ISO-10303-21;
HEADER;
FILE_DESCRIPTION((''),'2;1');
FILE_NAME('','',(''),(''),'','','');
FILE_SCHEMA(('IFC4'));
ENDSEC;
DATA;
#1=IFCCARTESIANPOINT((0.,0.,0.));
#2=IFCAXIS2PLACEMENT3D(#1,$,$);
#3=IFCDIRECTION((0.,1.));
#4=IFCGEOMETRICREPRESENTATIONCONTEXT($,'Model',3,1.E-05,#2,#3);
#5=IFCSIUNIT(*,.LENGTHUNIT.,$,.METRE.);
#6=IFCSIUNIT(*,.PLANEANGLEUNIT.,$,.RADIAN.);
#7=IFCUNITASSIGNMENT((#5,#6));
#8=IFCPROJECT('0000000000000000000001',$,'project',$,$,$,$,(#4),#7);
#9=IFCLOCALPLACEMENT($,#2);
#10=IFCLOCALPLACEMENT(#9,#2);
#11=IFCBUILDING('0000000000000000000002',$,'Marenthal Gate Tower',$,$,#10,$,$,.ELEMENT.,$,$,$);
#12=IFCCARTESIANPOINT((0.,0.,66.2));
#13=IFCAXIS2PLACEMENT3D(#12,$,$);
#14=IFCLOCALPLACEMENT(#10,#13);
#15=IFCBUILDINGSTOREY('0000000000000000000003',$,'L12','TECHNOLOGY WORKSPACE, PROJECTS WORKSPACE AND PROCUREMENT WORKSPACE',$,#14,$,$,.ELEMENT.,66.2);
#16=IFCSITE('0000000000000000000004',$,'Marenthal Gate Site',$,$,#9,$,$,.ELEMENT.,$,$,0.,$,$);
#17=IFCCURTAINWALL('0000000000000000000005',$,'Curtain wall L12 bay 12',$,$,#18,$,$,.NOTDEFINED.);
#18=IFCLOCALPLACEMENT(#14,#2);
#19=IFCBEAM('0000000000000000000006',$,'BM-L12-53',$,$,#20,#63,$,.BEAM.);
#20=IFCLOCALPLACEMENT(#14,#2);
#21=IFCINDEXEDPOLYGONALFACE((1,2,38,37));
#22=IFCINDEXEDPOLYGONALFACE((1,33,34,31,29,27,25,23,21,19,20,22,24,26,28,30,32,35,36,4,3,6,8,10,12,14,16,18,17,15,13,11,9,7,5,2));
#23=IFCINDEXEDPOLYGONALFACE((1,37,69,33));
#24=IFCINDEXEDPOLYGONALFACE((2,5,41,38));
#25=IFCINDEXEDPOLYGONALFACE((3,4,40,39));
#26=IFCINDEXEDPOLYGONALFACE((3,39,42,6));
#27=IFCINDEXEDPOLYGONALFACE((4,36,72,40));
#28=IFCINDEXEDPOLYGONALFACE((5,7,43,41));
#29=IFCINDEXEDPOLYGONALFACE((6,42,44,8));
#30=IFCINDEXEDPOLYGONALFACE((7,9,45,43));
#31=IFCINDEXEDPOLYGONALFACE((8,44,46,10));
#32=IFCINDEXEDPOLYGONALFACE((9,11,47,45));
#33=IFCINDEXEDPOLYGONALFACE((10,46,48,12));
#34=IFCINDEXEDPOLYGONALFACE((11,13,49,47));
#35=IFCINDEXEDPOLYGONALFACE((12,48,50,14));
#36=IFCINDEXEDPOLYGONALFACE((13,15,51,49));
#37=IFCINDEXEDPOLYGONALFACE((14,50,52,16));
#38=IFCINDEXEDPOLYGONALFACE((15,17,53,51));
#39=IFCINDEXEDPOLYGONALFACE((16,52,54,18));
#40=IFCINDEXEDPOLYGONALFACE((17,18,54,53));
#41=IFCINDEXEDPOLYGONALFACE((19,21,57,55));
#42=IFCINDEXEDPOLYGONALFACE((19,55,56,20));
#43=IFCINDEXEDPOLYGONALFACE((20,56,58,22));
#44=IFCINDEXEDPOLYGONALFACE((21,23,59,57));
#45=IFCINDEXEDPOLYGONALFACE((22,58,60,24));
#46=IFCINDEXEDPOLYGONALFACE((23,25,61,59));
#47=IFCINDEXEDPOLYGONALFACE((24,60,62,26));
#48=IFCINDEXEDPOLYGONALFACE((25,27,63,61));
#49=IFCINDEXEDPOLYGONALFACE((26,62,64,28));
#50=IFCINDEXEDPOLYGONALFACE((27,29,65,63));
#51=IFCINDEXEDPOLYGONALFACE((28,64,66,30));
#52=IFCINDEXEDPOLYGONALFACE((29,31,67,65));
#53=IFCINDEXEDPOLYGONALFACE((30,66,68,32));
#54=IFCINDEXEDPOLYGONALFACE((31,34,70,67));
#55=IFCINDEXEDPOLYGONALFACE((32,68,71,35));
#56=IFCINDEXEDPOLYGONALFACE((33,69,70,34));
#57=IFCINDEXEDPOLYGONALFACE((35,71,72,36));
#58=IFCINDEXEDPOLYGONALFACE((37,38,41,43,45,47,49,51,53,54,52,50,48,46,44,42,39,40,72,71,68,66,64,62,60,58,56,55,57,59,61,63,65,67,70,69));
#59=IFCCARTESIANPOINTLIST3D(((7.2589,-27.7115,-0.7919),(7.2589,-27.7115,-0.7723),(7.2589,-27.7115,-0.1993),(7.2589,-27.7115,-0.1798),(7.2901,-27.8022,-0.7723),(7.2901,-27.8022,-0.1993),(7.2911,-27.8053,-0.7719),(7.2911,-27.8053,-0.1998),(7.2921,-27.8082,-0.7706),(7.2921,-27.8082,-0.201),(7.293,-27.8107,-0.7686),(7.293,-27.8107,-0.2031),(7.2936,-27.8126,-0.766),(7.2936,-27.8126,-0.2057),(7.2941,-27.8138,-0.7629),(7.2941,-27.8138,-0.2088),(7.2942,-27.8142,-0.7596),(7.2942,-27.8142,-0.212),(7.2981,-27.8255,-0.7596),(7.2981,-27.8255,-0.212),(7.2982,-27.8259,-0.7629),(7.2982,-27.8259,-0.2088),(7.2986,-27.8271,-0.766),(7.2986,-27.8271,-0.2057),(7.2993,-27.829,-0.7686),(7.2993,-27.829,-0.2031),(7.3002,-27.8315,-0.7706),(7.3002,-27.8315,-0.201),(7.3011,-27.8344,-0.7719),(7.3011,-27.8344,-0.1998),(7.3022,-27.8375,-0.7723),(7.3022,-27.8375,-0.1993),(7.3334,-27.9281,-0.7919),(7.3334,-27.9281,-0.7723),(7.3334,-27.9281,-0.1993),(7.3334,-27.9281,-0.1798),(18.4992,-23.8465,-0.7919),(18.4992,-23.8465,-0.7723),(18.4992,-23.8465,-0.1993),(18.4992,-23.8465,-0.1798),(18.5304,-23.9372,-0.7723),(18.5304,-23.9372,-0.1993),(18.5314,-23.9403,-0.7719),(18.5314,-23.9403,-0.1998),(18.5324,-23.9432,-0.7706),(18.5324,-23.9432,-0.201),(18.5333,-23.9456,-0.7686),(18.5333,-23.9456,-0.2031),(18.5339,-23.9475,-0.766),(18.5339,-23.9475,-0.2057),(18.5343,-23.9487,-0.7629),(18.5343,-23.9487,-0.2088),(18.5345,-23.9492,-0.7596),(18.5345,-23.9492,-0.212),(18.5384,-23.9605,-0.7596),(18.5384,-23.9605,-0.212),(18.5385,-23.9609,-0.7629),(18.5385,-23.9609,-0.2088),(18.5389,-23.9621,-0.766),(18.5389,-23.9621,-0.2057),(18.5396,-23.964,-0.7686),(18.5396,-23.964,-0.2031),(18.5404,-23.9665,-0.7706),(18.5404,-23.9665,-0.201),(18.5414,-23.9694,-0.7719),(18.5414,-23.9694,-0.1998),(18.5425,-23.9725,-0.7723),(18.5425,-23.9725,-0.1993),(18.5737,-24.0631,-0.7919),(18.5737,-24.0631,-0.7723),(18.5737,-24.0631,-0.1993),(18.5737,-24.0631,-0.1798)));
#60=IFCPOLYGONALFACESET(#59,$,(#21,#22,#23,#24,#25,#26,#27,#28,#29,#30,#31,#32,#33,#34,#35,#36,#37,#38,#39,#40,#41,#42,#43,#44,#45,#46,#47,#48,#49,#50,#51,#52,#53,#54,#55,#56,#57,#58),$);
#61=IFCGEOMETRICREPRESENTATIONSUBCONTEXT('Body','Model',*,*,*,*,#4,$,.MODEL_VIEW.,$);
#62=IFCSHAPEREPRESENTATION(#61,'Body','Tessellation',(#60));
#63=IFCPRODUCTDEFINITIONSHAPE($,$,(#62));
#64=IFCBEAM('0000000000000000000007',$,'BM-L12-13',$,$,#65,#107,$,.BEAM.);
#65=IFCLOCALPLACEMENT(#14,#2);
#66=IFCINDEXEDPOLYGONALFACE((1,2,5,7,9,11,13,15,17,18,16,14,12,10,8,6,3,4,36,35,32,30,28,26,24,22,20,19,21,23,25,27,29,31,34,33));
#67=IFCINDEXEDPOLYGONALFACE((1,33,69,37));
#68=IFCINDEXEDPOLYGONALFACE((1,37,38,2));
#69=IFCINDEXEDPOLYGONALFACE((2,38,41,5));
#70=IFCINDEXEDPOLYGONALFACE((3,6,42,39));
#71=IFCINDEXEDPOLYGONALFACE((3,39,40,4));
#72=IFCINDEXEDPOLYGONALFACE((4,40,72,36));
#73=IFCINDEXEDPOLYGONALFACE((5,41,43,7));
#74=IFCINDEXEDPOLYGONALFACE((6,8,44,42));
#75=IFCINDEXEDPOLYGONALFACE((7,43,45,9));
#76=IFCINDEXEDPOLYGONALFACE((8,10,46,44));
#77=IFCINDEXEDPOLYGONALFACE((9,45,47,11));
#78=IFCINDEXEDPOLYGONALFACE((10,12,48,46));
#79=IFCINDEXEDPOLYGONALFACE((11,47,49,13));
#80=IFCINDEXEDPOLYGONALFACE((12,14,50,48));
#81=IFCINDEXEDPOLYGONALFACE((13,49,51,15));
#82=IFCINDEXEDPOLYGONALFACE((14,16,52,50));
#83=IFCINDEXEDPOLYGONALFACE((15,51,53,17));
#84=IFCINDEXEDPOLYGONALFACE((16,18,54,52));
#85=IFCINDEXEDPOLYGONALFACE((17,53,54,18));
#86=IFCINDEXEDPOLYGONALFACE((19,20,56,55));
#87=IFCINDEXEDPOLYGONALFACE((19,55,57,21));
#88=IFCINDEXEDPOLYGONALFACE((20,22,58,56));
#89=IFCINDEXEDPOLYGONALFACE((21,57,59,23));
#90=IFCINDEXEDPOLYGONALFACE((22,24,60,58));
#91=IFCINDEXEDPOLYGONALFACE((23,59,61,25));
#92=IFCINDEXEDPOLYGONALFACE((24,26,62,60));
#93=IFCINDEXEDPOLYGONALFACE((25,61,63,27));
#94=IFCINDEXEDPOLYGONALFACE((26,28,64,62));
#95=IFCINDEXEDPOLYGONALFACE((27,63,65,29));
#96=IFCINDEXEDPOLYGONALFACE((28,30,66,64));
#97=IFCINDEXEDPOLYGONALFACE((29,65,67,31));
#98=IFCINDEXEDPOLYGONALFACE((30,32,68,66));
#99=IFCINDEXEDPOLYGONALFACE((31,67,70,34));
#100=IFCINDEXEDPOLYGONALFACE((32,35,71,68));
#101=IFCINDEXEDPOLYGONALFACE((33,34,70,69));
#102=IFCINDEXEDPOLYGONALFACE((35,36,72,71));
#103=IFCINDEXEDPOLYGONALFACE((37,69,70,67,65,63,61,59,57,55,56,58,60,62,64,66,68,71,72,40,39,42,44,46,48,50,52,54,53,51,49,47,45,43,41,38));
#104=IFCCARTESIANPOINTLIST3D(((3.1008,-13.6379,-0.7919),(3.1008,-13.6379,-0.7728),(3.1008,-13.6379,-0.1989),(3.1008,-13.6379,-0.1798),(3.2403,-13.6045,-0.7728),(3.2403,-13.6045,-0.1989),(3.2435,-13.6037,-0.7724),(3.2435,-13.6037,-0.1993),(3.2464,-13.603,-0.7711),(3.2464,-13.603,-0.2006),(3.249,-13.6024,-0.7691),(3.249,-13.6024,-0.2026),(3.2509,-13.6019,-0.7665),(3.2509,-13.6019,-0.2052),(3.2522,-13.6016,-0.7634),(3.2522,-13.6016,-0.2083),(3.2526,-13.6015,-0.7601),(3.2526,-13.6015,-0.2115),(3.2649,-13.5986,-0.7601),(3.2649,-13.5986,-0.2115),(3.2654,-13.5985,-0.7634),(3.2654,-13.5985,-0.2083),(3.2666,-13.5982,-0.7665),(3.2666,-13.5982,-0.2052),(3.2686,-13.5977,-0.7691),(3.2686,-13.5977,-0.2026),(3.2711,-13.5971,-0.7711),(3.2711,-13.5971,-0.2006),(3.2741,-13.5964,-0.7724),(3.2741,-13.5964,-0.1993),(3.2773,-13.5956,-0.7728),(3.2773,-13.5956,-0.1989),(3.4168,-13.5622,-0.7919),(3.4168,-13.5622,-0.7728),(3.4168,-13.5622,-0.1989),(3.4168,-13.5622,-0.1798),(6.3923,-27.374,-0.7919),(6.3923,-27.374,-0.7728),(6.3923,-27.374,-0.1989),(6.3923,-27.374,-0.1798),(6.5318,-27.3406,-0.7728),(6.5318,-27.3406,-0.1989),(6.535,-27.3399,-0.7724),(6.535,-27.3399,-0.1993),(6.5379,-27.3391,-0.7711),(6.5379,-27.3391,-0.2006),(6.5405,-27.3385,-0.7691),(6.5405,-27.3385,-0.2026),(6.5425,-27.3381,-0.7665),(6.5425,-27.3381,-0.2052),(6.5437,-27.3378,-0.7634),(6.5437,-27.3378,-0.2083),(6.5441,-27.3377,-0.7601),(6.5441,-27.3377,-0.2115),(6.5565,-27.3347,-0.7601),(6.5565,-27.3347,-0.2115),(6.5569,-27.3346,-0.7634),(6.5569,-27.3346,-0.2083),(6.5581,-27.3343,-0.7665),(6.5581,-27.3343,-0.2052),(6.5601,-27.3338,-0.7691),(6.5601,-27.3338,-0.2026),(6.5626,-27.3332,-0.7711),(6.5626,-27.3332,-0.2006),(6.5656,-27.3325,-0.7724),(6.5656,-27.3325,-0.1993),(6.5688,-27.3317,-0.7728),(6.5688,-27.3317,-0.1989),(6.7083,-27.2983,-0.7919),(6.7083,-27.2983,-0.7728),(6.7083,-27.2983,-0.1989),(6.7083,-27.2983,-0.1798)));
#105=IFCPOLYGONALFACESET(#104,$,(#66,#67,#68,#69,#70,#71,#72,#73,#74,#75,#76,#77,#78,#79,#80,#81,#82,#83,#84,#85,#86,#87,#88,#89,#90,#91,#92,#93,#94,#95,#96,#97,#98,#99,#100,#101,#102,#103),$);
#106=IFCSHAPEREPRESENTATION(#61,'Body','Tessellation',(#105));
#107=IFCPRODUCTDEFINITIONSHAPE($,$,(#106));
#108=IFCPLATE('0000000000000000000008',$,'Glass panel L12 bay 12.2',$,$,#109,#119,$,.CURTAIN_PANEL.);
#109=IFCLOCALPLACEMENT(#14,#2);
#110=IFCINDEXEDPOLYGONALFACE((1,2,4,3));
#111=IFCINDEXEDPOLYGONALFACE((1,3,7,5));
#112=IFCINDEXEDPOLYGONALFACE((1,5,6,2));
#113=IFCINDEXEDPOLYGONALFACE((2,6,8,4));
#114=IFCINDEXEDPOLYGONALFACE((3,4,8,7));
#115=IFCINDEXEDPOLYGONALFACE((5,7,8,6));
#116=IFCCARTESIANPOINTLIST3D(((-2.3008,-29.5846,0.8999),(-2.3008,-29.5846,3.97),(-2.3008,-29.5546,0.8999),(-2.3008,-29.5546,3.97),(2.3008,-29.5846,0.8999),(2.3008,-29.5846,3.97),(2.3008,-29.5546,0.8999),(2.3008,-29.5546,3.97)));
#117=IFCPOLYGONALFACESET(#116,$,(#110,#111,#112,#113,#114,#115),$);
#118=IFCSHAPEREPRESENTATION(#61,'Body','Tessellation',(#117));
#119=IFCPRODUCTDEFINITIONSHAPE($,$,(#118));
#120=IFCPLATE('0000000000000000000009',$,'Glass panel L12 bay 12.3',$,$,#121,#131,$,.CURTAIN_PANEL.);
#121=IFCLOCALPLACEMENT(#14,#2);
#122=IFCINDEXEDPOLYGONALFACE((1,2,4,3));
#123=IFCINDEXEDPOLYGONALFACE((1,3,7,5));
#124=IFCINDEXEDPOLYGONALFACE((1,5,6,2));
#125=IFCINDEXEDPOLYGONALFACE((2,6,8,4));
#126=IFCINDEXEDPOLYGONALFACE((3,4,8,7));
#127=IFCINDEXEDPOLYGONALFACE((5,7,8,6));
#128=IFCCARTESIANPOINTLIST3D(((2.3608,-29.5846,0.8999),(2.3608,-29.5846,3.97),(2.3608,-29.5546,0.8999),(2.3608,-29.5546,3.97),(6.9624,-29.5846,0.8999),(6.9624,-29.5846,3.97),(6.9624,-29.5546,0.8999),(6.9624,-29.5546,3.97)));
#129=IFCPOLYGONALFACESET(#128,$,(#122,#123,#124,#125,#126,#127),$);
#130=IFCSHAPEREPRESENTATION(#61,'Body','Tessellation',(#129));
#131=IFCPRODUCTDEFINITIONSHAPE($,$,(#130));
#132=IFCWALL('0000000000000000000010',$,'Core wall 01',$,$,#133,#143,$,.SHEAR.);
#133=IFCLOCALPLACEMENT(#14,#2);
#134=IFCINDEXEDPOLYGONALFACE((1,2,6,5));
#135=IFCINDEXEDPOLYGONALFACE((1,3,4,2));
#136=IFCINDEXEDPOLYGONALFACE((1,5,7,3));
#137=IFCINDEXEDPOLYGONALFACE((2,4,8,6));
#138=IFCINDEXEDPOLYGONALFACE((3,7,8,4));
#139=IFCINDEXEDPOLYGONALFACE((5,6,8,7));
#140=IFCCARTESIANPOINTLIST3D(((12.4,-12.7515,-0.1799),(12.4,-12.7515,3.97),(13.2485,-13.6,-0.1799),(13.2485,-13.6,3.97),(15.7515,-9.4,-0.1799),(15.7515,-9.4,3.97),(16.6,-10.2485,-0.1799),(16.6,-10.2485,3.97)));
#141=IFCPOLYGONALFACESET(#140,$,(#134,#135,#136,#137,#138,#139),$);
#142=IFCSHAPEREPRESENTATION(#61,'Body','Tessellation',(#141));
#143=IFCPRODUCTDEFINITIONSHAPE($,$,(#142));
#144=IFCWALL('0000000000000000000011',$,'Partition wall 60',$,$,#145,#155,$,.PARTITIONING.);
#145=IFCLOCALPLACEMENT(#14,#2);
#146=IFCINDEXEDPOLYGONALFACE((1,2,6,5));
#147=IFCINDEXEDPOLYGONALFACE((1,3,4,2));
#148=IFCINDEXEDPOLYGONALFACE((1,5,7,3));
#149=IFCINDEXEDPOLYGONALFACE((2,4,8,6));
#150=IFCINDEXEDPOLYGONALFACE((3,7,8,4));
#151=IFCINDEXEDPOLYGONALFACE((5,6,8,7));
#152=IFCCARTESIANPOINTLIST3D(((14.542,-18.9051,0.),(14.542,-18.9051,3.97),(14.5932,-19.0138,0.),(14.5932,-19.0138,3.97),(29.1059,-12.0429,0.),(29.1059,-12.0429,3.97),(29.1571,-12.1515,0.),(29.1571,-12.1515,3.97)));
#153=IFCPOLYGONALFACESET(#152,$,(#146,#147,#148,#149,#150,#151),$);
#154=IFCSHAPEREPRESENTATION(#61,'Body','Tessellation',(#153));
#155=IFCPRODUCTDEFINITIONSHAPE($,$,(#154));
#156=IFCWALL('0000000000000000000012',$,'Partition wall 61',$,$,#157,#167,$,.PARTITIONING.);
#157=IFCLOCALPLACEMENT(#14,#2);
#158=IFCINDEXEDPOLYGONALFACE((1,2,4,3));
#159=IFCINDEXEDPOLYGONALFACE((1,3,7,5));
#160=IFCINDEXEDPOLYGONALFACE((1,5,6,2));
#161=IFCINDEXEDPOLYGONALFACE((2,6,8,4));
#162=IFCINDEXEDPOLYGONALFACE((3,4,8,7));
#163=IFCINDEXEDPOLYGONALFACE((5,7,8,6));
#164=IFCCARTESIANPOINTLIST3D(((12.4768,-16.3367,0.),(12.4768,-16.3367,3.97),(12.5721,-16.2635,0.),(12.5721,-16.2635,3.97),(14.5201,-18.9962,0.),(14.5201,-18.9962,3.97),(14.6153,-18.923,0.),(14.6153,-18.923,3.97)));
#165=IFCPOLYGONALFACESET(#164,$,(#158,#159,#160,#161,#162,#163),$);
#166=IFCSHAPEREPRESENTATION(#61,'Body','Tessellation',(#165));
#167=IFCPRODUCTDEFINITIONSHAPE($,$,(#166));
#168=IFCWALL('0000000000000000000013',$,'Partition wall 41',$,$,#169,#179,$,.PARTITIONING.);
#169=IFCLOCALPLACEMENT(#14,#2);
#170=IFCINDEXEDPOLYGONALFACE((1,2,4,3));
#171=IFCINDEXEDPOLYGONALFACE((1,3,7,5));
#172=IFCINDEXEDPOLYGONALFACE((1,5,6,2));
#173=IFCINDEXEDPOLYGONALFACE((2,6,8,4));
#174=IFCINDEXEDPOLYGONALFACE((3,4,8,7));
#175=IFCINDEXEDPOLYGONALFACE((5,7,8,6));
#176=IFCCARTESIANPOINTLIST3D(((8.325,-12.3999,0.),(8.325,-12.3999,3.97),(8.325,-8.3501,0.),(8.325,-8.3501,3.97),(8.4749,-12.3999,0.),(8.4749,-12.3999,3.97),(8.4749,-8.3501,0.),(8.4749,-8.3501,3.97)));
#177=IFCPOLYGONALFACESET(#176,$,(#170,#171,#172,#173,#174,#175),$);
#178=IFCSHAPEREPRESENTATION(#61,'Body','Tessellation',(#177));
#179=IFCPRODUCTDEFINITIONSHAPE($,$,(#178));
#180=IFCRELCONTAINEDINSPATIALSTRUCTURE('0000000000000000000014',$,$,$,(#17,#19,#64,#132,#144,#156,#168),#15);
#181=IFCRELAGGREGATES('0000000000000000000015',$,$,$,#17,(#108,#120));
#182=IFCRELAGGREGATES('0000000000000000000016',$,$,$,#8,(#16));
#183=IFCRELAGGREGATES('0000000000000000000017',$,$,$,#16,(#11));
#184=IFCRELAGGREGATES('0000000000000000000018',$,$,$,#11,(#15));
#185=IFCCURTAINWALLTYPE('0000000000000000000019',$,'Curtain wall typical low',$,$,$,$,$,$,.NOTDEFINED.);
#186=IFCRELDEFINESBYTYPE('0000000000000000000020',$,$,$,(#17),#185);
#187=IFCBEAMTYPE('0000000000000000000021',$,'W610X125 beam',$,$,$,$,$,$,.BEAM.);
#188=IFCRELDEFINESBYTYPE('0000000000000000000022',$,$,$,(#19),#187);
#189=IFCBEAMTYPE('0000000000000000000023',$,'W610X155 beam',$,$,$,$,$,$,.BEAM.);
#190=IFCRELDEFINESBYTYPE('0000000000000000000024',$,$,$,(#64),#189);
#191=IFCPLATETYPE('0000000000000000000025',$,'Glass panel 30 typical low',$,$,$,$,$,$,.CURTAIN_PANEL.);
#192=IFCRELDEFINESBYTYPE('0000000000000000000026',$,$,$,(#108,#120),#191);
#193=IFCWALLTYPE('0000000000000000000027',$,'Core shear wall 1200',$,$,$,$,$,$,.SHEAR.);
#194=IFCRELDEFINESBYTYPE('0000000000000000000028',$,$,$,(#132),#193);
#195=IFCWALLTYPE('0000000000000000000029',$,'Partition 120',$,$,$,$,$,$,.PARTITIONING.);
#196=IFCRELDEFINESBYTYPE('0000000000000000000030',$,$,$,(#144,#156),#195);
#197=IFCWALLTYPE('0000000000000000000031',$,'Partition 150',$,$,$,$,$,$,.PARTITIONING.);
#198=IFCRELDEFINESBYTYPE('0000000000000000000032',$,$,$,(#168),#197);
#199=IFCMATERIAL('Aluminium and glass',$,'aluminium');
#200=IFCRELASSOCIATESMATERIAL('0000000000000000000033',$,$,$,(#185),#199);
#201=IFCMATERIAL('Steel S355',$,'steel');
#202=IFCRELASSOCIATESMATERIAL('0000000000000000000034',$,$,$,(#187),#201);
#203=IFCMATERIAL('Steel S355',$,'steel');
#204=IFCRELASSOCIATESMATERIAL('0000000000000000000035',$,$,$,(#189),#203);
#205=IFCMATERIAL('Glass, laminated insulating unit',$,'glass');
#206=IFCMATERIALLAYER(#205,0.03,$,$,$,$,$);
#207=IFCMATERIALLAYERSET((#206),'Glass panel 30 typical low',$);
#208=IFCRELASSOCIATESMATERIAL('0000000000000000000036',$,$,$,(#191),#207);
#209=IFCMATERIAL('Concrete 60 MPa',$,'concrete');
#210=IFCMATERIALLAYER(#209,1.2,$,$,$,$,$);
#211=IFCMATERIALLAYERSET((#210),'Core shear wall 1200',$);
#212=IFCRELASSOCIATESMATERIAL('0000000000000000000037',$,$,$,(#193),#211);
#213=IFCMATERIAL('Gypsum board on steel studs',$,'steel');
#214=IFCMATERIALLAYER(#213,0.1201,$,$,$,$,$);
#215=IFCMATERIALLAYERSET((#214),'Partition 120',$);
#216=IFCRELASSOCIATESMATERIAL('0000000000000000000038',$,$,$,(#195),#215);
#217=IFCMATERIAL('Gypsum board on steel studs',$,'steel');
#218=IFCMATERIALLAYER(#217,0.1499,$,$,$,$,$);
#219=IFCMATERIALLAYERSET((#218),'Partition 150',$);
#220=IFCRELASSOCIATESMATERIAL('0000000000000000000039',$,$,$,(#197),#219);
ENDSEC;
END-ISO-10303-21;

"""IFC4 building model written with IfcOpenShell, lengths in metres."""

from ifc_helpers import new_model, si_unit, direction, frame, frame_2d, origin, origin_2d, place, context, subcontext, project, spatial, rectangle, i_section, extrude, material, layer, layer_set, material_profile, profile_set, type_object, element, aggregate, save


model = new_model("IFC4")

# Units and contexts
model_context = context("Model", 3, precision=1e-05, world=origin(), true_north=direction((0.0, 1.0)))
body_context = subcontext(model_context, "Body", "Model", "MODEL_VIEW")
ifc_project = project(units=[si_unit("LENGTHUNIT", "METRE"), si_unit("PLANEANGLEUNIT", "RADIAN")], contexts=[model_context])

# Site, building, storey
site_placement = place(None, origin())
site = spatial("IfcSite", under=ifc_project, at=site_placement, Name="Marenthal Gate Site", CompositionType="ELEMENT", RefElevation=0.0)
building_placement = place(site_placement, origin())
building = spatial("IfcBuilding", under=site, at=building_placement, Name="Marenthal Gate Tower", CompositionType="ELEMENT")
storey_placement = place(building_placement, frame((0.0, 0.0, 66.2)))
storey = spatial("IfcBuildingStorey", under=building, at=storey_placement, Name="L12", Description="TECHNOLOGY WORKSPACE, PROJECTS WORKSPACE AND PROCUREMENT WORKSPACE", CompositionType="ELEMENT", Elevation=66.2)

# Curtain wall
ifc_material_1 = material(Name="Aluminium and glass", Category="aluminium")
curtain_wall_type = type_object("IfcCurtainWallType", Name="Curtain wall typical low", PredefinedType="NOTDEFINED", material=ifc_material_1)
curtain_wall_placement = place(storey_placement, origin())
curtain_wall = element("IfcCurtainWall", 1, at=curtain_wall_placement, inside=storey, type_object=curtain_wall_type, Name="Curtain wall L12 bay 12", PredefinedType="NOTDEFINED")

# Beams
ifc_material_2 = material(Name="Steel S355", Category="steel")
ifc_material_profile_1 = material_profile(ifc_material_2, i_section(OverallWidth=0.229, OverallDepth=0.6121, WebThickness=0.012, FlangeThickness=0.0195, FilletRadius=0.0127, at=origin_2d()), Name="W610X125")
ifc_profile_set_1 = profile_set([ifc_material_profile_1], Name="Steel S355")
beam_type_1 = type_object("IfcBeamType", Name="W610X125 beam", PredefinedType="BEAM", material=ifc_profile_set_1)
beam_1_placement = place(storey_placement, frame((7.2961, -27.8198, -0.4858), z_axis=(0.945657, 0.325167, 0.0), x_axis=(-0.325167, 0.945657, 0.0)))
element("IfcBeam", 2, at=beam_1_placement, inside=storey, type_object=beam_type_1, Name="BM-L12-53", PredefinedType="BEAM", context=body_context, shape_type="SweptSolid", body=[
    extrude(i_section(OverallWidth=0.229, OverallDepth=0.6121, WebThickness=0.012, FlangeThickness=0.0195, FilletRadius=0.0127, at=origin_2d()), origin(), (0.0, 0.0, 1.0), 11.8862),
])
ifc_material_3 = material(Name="Steel S355", Category="steel")
ifc_material_profile_2 = material_profile(ifc_material_3, i_section(OverallWidth=0.325, OverallDepth=0.6121, WebThickness=0.0127, FlangeThickness=0.019, FilletRadius=0.0127, at=origin_2d()), Name="W610X155")
ifc_profile_set_2 = profile_set([ifc_material_profile_2], Name="Steel S355")
beam_type_2 = type_object("IfcBeamType", Name="W610X155 beam", PredefinedType="BEAM", material=ifc_profile_set_2)
beam_2_placement = place(storey_placement, frame((6.5503, -27.3362, -0.4858), z_axis=(-0.233028, 0.97247, 0.0), x_axis=(-0.97247, -0.233028, 0.0)))
element("IfcBeam", 3, at=beam_2_placement, inside=storey, type_object=beam_type_2, Name="BM-L12-13", PredefinedType="BEAM", context=body_context, shape_type="SweptSolid", body=[
    extrude(i_section(OverallWidth=0.325, OverallDepth=0.6121, WebThickness=0.0127, FlangeThickness=0.019, FilletRadius=0.0127, at=origin_2d()), origin(), (0.0, 0.0, 1.0), 14.125),
])

# Plates
ifc_material_4 = material(Name="Glass, laminated insulating unit", Category="glass")
ifc_layer_1 = layer(ifc_material_4, 0.03)
ifc_layer_set_1 = layer_set([ifc_layer_1], Name="Glass panel 30 typical low")
plate_type = type_object("IfcPlateType", Name="Glass panel 30 typical low", PredefinedType="CURTAIN_PANEL", material=ifc_layer_set_1)
plate_1_placement = place(storey_placement, frame((0.0, -29.5696, 0.8999), z_axis=(0.0, 0.0, 1.0), x_axis=(1.0, 0.0, 0.0)))
plate_1 = element("IfcPlate", 4, at=plate_1_placement, type_object=plate_type, Name="Glass panel L12 bay 12.2", PredefinedType="CURTAIN_PANEL", context=body_context, shape_type="SweptSolid", body=[
    extrude(rectangle(XDim=4.6016, YDim=0.03, at=origin_2d()), origin(), (0.0, 0.0, 1.0), 3.0701),
])
plate_2_placement = place(storey_placement, frame((4.6616, -29.5696, 0.8999), z_axis=(0.0, 0.0, 1.0), x_axis=(1.0, 0.0, 0.0)))
plate_2 = element("IfcPlate", 5, at=plate_2_placement, type_object=plate_type, Name="Glass panel L12 bay 12.3", PredefinedType="CURTAIN_PANEL", context=body_context, shape_type="SweptSolid", body=[
    extrude(rectangle(XDim=4.6016, YDim=0.03, at=origin_2d()), origin(), (0.0, 0.0, 1.0), 3.0701),
])
aggregate(curtain_wall, [plate_1, plate_2])

# Walls
ifc_material_5 = material(Name="Concrete 60 MPa", Category="concrete")
ifc_layer_2 = layer(ifc_material_5, 1.2)
ifc_layer_set_2 = layer_set([ifc_layer_2], Name="Core shear wall 1200")
wall_type_1 = type_object("IfcWallType", Name="Core shear wall 1200", PredefinedType="SHEAR", material=ifc_layer_set_2)
wall_1_placement = place(storey_placement, frame((12.8242, -13.1758, -0.1799), z_axis=(0.0, 0.0, 1.0), x_axis=(0.707107, 0.707107, 0.0)))
element("IfcWall", 6, at=wall_1_placement, inside=storey, type_object=wall_type_1, Name="Core wall 01", PredefinedType="SHEAR", context=body_context, shape_type="SweptSolid", body=[
    extrude(rectangle(XDim=4.7397, YDim=1.2, at=frame_2d((2.3699, 0.0))), origin(), (0.0, 0.0, 1.0), 4.1499),
])
ifc_material_6 = material(Name="Gypsum board on steel studs", Category="steel")
ifc_layer_3 = layer(ifc_material_6, 0.1201)
ifc_layer_set_3 = layer_set([ifc_layer_3], Name="Partition 120")
wall_type_2 = type_object("IfcWallType", Name="Partition 120", PredefinedType="PARTITIONING", material=ifc_layer_set_3)
wall_2_placement = place(storey_placement, frame((14.5676, -18.9595, 0.0), z_axis=(0.0, 0.0, 1.0), x_axis=(0.904611, 0.426238, 0.0)))
element("IfcWall", 7, at=wall_2_placement, inside=storey, type_object=wall_type_2, Name="Partition wall 60", PredefinedType="PARTITIONING", context=body_context, shape_type="SweptSolid", body=[
    extrude(rectangle(XDim=16.0996, YDim=0.1201, at=frame_2d((8.0498, 0.0))), origin(), (0.0, 0.0, 1.0), 3.97),
])
wall_3_placement = place(storey_placement, frame((14.5676, -18.9595, 0.0), z_axis=(0.0, 0.0, 1.0), x_axis=(-0.609243, 0.792984, 0.0)))
element("IfcWall", 8, at=wall_3_placement, inside=storey, type_object=wall_type_2, Name="Partition wall 61", PredefinedType="PARTITIONING", context=body_context, shape_type="SweptSolid", body=[
    extrude(rectangle(XDim=3.3538, YDim=0.1201, at=frame_2d((1.6768, 0.0))), origin(), (0.0, 0.0, 1.0), 3.97),
])
ifc_material_7 = material(Name="Gypsum board on steel studs", Category="steel")
ifc_layer_4 = layer(ifc_material_7, 0.1499)
ifc_layer_set_4 = layer_set([ifc_layer_4], Name="Partition 150")
wall_type_3 = type_object("IfcWallType", Name="Partition 150", PredefinedType="PARTITIONING", material=ifc_layer_set_4)
wall_4_placement = place(storey_placement, frame((8.3999, -12.3999, 0.0), z_axis=(0.0, 0.0, 1.0), x_axis=(0.0, 1.0, 0.0)))
element("IfcWall", 9, at=wall_4_placement, inside=storey, type_object=wall_type_3, Name="Partition wall 41", PredefinedType="PARTITIONING", context=body_context, shape_type="SweptSolid", body=[
    extrude(rectangle(XDim=4.0498, YDim=0.1499, at=frame_2d((2.0249, 0.0))), origin(), (0.0, 0.0, 1.0), 3.97),
])

save(model, "model.ifc")
